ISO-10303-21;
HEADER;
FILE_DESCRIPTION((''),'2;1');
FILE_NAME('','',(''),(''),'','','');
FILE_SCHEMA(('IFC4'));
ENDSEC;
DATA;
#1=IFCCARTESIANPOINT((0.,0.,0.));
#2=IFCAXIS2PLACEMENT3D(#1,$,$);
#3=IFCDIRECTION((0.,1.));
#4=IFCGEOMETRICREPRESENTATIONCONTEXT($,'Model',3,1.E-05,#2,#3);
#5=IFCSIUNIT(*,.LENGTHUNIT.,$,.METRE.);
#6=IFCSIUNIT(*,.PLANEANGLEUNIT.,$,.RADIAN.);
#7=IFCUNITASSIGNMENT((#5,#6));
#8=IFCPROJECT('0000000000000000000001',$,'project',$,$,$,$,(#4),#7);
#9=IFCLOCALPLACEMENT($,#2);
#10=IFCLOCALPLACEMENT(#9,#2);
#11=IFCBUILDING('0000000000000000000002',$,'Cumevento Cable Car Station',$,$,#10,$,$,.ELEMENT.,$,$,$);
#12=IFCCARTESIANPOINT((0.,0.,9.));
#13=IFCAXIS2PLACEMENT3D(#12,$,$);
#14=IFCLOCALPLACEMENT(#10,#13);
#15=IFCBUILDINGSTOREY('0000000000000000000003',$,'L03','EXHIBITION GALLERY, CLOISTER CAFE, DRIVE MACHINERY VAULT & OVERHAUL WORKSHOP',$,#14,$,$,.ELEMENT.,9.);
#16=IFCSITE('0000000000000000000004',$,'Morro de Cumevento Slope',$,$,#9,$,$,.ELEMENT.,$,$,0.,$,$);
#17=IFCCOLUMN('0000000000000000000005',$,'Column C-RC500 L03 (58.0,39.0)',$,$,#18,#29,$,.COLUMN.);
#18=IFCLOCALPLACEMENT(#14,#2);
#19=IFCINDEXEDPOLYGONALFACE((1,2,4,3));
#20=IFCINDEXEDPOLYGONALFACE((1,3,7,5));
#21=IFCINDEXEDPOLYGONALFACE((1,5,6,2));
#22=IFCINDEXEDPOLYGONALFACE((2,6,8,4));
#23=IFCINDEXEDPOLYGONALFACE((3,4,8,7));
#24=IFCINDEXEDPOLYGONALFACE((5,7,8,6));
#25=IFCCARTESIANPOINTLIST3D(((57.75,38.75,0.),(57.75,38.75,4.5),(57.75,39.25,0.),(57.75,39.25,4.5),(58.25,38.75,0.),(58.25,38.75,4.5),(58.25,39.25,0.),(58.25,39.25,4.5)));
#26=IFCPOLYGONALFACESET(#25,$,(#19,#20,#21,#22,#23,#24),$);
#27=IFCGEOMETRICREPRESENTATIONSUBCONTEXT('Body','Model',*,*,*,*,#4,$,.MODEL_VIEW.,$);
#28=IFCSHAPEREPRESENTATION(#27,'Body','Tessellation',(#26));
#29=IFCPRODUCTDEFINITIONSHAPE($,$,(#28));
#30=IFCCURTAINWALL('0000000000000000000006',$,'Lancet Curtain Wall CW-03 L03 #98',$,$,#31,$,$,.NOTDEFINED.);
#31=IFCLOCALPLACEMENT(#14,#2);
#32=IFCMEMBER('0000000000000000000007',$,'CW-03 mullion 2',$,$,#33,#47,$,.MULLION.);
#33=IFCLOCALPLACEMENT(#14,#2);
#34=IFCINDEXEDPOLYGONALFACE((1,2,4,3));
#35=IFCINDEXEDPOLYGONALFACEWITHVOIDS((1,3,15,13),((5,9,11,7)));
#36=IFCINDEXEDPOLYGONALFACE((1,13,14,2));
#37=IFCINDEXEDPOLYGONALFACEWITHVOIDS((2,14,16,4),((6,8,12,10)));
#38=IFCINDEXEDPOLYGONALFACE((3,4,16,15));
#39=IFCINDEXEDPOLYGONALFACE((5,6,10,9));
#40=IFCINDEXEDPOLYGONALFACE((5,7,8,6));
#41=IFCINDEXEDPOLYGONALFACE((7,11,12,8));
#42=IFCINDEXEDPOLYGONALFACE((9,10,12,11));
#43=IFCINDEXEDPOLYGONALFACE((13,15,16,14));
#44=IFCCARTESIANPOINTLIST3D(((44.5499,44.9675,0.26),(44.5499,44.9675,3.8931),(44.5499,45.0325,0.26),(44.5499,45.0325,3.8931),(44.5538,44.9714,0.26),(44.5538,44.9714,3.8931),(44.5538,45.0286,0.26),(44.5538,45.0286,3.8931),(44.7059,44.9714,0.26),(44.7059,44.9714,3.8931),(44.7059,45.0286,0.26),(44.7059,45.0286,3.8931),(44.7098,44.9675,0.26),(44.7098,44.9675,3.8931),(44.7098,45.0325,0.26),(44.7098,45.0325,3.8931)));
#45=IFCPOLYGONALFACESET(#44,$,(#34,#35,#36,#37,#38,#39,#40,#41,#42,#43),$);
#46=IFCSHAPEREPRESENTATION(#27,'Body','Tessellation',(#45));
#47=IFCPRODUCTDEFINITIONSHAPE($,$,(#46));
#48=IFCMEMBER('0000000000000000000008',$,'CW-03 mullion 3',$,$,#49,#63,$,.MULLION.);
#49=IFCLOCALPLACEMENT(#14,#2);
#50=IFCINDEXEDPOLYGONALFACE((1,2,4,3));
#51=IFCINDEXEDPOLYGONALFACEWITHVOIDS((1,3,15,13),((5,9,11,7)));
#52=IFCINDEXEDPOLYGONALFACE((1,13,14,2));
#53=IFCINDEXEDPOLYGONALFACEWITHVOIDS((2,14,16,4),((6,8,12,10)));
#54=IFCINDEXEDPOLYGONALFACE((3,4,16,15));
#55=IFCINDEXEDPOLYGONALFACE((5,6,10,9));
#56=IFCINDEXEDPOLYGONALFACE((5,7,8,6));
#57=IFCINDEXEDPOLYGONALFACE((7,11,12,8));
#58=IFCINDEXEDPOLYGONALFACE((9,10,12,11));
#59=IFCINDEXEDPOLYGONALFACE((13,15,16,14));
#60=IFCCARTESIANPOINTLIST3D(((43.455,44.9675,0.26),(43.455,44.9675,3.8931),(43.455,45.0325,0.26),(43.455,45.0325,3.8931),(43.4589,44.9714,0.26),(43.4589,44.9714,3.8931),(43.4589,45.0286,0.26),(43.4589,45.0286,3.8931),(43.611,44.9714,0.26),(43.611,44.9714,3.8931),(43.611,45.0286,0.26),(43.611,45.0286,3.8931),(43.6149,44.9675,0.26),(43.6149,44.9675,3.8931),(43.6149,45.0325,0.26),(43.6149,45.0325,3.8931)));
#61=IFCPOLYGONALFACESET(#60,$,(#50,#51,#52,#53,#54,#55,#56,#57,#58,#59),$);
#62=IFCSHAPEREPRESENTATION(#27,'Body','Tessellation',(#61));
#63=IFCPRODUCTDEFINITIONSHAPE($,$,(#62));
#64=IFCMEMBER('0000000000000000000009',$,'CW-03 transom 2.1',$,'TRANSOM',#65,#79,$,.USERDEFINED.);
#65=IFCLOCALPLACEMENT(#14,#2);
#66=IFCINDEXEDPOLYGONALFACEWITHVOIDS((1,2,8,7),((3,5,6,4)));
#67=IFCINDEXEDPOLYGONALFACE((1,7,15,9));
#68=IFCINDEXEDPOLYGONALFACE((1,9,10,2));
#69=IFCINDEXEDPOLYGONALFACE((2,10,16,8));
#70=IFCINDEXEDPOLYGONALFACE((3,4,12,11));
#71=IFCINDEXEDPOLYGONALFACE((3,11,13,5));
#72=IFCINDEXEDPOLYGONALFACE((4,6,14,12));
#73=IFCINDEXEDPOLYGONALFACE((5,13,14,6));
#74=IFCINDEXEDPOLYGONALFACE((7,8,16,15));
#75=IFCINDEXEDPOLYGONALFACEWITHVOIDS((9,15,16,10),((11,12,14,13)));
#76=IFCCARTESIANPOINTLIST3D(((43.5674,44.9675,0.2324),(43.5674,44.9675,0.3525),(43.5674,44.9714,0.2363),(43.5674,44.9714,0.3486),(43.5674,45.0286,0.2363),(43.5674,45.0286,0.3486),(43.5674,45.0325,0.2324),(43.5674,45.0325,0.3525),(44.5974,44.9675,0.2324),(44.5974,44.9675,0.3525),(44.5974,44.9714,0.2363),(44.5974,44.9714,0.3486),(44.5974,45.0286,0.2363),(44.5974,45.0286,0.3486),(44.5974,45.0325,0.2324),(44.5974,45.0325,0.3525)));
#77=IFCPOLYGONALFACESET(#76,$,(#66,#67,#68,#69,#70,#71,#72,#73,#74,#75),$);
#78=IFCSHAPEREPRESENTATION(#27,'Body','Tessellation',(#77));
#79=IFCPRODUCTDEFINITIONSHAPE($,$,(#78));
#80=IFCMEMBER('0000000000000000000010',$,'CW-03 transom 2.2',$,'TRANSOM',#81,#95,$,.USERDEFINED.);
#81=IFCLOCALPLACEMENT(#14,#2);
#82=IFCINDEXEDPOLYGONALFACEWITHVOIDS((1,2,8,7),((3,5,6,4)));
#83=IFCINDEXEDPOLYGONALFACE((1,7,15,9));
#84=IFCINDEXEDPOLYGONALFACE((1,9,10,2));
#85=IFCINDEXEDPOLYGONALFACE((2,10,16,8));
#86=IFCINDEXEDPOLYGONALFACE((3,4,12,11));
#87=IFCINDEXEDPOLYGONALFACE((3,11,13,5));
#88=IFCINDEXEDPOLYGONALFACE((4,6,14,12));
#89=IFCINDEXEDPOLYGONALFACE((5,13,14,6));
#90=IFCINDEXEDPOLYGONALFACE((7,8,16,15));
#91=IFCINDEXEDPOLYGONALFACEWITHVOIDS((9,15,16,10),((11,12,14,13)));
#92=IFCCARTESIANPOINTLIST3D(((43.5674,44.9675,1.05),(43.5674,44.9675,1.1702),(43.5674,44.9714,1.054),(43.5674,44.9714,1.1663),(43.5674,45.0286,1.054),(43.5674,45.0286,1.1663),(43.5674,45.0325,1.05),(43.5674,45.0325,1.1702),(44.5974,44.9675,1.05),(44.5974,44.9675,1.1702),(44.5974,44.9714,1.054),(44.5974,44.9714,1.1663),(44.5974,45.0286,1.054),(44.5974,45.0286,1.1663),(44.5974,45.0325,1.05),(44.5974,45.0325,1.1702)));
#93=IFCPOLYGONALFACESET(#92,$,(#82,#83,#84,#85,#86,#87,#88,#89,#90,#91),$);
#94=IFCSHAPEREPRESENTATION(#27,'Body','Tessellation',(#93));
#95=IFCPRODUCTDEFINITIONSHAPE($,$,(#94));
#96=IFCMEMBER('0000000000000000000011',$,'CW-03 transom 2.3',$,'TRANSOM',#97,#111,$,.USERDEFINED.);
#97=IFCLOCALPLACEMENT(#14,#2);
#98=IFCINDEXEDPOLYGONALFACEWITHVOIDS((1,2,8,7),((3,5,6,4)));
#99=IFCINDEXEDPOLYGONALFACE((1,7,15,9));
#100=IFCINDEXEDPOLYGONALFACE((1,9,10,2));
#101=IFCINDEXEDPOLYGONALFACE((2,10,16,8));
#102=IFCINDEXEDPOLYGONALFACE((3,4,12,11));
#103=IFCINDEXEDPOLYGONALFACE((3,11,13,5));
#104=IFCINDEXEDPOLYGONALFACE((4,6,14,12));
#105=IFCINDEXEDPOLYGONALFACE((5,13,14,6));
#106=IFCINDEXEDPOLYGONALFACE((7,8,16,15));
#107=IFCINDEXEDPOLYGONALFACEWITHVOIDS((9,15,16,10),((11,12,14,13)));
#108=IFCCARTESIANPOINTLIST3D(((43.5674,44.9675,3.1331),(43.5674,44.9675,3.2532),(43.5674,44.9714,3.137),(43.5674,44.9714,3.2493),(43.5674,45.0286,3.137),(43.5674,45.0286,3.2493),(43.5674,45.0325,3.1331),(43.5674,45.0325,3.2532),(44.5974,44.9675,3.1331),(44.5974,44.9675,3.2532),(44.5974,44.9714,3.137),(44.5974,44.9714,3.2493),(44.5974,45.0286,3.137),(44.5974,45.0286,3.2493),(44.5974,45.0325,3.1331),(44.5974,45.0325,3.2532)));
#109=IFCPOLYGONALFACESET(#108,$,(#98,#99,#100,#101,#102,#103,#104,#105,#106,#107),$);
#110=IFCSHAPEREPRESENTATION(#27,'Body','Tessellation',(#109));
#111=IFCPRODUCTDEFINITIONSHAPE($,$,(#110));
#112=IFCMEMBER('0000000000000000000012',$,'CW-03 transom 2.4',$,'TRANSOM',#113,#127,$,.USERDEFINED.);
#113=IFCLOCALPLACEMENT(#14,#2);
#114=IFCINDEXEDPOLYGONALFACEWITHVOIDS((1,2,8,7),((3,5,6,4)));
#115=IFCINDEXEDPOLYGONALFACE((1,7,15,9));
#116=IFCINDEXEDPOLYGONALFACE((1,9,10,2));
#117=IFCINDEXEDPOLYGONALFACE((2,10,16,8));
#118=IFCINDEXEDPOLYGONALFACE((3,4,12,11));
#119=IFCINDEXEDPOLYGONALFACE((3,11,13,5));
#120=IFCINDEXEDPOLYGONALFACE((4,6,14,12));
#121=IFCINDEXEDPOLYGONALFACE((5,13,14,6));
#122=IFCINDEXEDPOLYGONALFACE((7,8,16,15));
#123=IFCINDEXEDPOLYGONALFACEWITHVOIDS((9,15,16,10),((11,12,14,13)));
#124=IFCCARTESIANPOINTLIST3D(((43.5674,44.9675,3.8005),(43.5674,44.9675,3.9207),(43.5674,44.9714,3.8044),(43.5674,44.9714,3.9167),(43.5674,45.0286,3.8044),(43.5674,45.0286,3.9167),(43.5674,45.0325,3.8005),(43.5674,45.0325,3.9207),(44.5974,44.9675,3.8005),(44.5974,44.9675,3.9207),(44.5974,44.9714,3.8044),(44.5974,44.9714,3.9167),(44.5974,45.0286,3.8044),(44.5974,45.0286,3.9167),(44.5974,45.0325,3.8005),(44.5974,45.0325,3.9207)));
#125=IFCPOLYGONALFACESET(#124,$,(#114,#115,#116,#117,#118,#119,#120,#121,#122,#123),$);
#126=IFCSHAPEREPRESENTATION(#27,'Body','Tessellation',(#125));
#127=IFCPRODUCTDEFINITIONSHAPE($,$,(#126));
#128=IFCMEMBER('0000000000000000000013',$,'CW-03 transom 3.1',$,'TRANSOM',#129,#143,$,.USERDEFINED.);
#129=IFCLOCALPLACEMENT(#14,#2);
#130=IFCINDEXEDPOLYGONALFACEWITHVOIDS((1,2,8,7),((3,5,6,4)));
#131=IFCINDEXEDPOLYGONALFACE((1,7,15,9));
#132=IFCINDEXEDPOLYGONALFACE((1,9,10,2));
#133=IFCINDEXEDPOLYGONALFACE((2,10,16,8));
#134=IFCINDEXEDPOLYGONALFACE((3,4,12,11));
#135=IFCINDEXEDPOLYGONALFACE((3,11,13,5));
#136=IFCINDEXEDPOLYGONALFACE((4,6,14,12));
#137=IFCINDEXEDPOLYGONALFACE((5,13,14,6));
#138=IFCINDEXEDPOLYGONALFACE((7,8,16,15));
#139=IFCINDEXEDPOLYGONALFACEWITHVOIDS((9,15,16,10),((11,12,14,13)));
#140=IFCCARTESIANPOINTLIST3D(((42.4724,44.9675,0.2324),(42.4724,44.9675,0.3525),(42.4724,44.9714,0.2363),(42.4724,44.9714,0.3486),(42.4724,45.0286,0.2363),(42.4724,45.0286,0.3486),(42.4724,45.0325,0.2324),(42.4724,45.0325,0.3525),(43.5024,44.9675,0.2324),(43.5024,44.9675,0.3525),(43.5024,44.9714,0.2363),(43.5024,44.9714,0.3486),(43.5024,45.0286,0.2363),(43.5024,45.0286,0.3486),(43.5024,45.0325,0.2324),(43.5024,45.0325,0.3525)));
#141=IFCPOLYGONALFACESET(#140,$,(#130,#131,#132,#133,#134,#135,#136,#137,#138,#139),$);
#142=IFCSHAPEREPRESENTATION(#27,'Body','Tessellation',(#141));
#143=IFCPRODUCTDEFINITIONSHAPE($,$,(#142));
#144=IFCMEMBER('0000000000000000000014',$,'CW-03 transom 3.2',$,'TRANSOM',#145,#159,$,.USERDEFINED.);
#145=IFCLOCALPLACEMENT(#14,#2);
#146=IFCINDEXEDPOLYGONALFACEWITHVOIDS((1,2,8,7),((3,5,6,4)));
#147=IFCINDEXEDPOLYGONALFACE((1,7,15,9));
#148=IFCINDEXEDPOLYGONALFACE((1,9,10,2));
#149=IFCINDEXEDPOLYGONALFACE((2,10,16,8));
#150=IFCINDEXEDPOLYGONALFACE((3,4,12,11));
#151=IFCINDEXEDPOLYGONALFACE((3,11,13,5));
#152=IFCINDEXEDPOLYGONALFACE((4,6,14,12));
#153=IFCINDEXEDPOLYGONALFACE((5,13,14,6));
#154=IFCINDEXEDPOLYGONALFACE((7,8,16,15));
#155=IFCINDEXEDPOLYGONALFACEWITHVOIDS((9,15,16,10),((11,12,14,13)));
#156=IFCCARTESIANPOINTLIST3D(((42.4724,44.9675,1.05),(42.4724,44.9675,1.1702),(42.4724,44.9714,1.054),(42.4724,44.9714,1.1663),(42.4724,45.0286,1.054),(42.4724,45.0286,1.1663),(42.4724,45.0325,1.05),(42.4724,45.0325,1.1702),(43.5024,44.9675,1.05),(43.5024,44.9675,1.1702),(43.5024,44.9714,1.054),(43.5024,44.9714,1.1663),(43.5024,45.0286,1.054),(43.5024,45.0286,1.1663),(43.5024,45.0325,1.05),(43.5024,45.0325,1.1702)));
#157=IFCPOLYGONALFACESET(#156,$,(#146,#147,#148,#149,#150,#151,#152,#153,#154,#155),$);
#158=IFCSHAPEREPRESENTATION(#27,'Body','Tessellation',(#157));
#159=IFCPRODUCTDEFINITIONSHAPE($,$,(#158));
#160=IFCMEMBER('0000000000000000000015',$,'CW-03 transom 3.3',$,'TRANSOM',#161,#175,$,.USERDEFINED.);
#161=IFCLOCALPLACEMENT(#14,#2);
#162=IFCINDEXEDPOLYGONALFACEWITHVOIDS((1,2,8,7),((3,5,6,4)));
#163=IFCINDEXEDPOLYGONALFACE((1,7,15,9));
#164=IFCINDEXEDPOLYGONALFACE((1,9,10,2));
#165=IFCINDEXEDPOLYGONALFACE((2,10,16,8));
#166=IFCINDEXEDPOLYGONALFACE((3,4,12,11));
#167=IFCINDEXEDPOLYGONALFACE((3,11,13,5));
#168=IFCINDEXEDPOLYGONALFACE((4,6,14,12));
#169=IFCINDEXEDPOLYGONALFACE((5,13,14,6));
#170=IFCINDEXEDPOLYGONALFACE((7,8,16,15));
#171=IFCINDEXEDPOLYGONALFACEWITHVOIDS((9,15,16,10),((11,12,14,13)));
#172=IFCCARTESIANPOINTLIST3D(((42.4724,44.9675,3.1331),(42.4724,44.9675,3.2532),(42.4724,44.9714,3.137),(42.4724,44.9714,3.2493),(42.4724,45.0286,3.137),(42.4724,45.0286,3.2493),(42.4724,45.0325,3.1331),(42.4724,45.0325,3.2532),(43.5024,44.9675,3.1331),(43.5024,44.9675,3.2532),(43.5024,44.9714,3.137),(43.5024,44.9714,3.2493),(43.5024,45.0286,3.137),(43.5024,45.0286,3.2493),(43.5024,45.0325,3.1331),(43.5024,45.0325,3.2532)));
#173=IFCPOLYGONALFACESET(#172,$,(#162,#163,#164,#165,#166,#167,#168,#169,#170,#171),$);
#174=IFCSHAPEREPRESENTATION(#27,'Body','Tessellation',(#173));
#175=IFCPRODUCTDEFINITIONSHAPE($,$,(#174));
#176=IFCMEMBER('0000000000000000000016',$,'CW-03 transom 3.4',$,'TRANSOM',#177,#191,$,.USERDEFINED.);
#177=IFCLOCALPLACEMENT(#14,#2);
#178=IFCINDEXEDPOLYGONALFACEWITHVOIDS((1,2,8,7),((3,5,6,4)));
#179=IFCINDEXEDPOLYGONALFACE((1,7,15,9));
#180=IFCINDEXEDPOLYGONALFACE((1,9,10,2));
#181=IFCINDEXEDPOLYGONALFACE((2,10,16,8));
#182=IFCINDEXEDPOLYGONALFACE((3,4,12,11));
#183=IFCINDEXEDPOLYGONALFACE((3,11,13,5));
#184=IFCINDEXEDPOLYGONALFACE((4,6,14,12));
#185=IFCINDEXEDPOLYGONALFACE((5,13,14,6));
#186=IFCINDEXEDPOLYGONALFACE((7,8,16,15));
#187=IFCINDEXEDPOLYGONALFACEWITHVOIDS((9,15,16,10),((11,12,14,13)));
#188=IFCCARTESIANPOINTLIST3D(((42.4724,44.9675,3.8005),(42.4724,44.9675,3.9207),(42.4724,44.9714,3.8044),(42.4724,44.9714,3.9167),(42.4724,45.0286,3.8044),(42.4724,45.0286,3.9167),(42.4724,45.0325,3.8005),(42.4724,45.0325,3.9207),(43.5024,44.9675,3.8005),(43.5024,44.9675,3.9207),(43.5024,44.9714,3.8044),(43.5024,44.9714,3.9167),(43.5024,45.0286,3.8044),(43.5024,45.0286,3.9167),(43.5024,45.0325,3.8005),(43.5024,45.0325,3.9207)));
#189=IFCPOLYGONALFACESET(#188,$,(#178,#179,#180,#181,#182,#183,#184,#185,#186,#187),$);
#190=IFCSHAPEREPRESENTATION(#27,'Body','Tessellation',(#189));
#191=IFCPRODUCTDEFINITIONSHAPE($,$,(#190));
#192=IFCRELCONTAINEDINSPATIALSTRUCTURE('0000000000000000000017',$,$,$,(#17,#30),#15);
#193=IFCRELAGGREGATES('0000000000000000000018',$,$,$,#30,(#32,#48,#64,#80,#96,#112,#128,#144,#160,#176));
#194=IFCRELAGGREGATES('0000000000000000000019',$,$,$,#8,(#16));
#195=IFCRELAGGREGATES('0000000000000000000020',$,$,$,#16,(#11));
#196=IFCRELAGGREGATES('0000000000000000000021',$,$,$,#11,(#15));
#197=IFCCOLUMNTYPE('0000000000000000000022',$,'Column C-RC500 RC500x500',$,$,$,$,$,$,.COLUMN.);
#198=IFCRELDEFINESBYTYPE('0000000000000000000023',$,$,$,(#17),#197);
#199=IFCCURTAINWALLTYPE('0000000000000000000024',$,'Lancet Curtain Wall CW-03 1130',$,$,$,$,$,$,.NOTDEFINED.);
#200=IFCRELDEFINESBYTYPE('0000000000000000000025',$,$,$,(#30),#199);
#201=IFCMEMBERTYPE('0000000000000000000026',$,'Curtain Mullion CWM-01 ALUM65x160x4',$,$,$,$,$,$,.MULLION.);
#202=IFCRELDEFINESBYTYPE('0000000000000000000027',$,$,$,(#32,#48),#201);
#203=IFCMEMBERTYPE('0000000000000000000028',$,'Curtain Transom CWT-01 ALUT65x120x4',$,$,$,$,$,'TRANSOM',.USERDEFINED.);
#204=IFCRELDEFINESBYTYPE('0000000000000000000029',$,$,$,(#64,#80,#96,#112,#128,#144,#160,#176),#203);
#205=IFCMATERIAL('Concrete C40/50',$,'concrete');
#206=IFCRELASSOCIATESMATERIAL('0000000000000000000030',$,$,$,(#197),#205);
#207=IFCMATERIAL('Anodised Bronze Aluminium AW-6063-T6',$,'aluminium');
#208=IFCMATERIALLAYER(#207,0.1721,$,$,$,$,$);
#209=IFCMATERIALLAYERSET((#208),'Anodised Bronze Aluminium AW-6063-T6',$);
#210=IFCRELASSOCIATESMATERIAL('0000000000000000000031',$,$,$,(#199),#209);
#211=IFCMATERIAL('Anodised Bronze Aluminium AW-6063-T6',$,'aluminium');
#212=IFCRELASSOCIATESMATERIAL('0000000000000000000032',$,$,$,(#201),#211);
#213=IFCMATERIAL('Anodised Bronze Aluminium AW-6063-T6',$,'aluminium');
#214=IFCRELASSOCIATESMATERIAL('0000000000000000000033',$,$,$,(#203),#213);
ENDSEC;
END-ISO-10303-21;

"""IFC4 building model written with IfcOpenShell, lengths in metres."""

from ifc_helpers import new_model, si_unit, direction, frame, origin, origin_2d, place, context, subcontext, project, spatial, rectangle, hollow_rectangle, extrude, material, layer, layer_set, material_profile, profile_set, type_object, element, aggregate, save


model = new_model("IFC4")

# Units and contexts
model_context = context("Model", 3, precision=1e-05, world=origin(), true_north=direction((0.0, 1.0)))
body_context = subcontext(model_context, "Body", "Model", "MODEL_VIEW")
ifc_project = project(units=[si_unit("LENGTHUNIT", "METRE"), si_unit("PLANEANGLEUNIT", "RADIAN")], contexts=[model_context])

# Site, building, storey
site_placement = place(None, origin())
site = spatial("IfcSite", under=ifc_project, at=site_placement, Name="Morro de Cumevento Slope", CompositionType="ELEMENT", RefElevation=0.0)
building_placement = place(site_placement, origin())
building = spatial("IfcBuilding", under=site, at=building_placement, Name="Cumevento Cable Car Station", CompositionType="ELEMENT")
storey_placement = place(building_placement, frame((0.0, 0.0, 9.0)))
storey = spatial("IfcBuildingStorey", under=building, at=storey_placement, Name="L03", Description="EXHIBITION GALLERY, CLOISTER CAFE, DRIVE MACHINERY VAULT & OVERHAUL WORKSHOP", CompositionType="ELEMENT", Elevation=9.0)

# Column
ifc_material_1 = material(Name="Concrete C40/50", Category="concrete")
ifc_material_profile_1 = material_profile(ifc_material_1, rectangle(XDim=0.5, YDim=0.5, at=origin_2d()), Name="RC500x500")
ifc_profile_set_1 = profile_set([ifc_material_profile_1], Name="Concrete C40/50")
column_type = type_object("IfcColumnType", Name="Column C-RC500 RC500x500", PredefinedType="COLUMN", material=ifc_profile_set_1)
column_placement = place(storey_placement, frame((58.0, 39.0, 0.0), z_axis=(0.0, 0.0, 1.0), x_axis=(1.0, 0.0, 0.0)))
element("IfcColumn", 1, at=column_placement, inside=storey, type_object=column_type, Name="Column C-RC500 L03 (58.0,39.0)", PredefinedType="COLUMN", context=body_context, shape_type="SweptSolid", body=[
    extrude(rectangle(XDim=0.5, YDim=0.5, at=origin_2d()), origin(), (0.0, 0.0, 1.0), 4.5),
])

# Curtain wall, members
ifc_material_2 = material(Name="Anodised Bronze Aluminium AW-6063-T6", Category="aluminium")
ifc_layer_1 = layer(ifc_material_2, 0.1721)
ifc_layer_set_1 = layer_set([ifc_layer_1], Name="Anodised Bronze Aluminium AW-6063-T6")
curtain_wall_type = type_object("IfcCurtainWallType", Name="Lancet Curtain Wall CW-03 1130", PredefinedType="NOTDEFINED", material=ifc_layer_set_1)
curtain_wall_placement = place(storey_placement, origin())
curtain_wall = element("IfcCurtainWall", 2, at=curtain_wall_placement, inside=storey, type_object=curtain_wall_type, Name="Lancet Curtain Wall CW-03 L03 #98", PredefinedType="NOTDEFINED")
ifc_material_3 = material(Name="Anodised Bronze Aluminium AW-6063-T6", Category="aluminium")
ifc_material_profile_2 = material_profile(ifc_material_3, hollow_rectangle(XDim=0.0649, YDim=0.1599, WallThickness=0.0039, at=origin_2d()), Name="ALUM65x160x4")
ifc_profile_set_2 = profile_set([ifc_material_profile_2], Name="Anodised Bronze Aluminium AW-6063-T6")
member_type_1 = type_object("IfcMemberType", Name="Curtain Mullion CWM-01 ALUM65x160x4", PredefinedType="MULLION", material=ifc_profile_set_2)
member_1_placement = place(storey_placement, frame((44.6299, 45.0, 0.26), z_axis=(0.0, 0.0, 1.0), x_axis=(0.0, -1.0, 0.0)))
member_1 = element("IfcMember", 3, at=member_1_placement, type_object=member_type_1, Name="CW-03 mullion 2", PredefinedType="MULLION", context=body_context, shape_type="SweptSolid", body=[
    extrude(hollow_rectangle(XDim=0.0649, YDim=0.1599, WallThickness=0.0039, at=origin_2d()), origin(), (0.0, 0.0, 1.0), 3.6331),
])
member_2_placement = place(storey_placement, frame((43.5349, 45.0, 0.26), z_axis=(0.0, 0.0, 1.0), x_axis=(0.0, -1.0, 0.0)))
member_2 = element("IfcMember", 4, at=member_2_placement, type_object=member_type_1, Name="CW-03 mullion 3", PredefinedType="MULLION", context=body_context, shape_type="SweptSolid", body=[
    extrude(hollow_rectangle(XDim=0.0649, YDim=0.1599, WallThickness=0.0039, at=origin_2d()), origin(), (0.0, 0.0, 1.0), 3.6331),
])
ifc_material_4 = material(Name="Anodised Bronze Aluminium AW-6063-T6", Category="aluminium")
ifc_material_profile_3 = material_profile(ifc_material_4, hollow_rectangle(XDim=0.0649, YDim=0.1201, WallThickness=0.0039, at=origin_2d()), Name="ALUT65x120x4")
ifc_profile_set_3 = profile_set([ifc_material_profile_3], Name="Anodised Bronze Aluminium AW-6063-T6")
member_type_2 = type_object("IfcMemberType", Name="Curtain Transom CWT-01 ALUT65x120x4", ElementType="TRANSOM", PredefinedType="USERDEFINED", material=ifc_profile_set_3)
member_3_placement = place(storey_placement, frame((44.5974, 45.0, 0.2925), z_axis=(-1.0, 0.0, 0.0), x_axis=(0.0, -1.0, 0.0)))
member_3 = element("IfcMember", 5, at=member_3_placement, type_object=member_type_2, Name="CW-03 transom 2.1", ObjectType="TRANSOM", PredefinedType="USERDEFINED", context=body_context, shape_type="SweptSolid", body=[
    extrude(hollow_rectangle(XDim=0.0649, YDim=0.1201, WallThickness=0.0039, at=origin_2d()), origin(), (0.0, 0.0, 1.0), 1.03),
])
member_4_placement = place(storey_placement, frame((44.5974, 45.0, 1.1101), z_axis=(-1.0, 0.0, 0.0), x_axis=(0.0, -1.0, 0.0)))
member_4 = element("IfcMember", 6, at=member_4_placement, type_object=member_type_2, Name="CW-03 transom 2.2", ObjectType="TRANSOM", PredefinedType="USERDEFINED", context=body_context, shape_type="SweptSolid", body=[
    extrude(hollow_rectangle(XDim=0.0649, YDim=0.1201, WallThickness=0.0039, at=origin_2d()), origin(), (0.0, 0.0, 1.0), 1.03),
])
member_5_placement = place(storey_placement, frame((44.5974, 45.0, 3.1931), z_axis=(-1.0, 0.0, 0.0), x_axis=(0.0, -1.0, 0.0)))
member_5 = element("IfcMember", 7, at=member_5_placement, type_object=member_type_2, Name="CW-03 transom 2.3", ObjectType="TRANSOM", PredefinedType="USERDEFINED", context=body_context, shape_type="SweptSolid", body=[
    extrude(hollow_rectangle(XDim=0.0649, YDim=0.1201, WallThickness=0.0039, at=origin_2d()), origin(), (0.0, 0.0, 1.0), 1.03),
])
member_6_placement = place(storey_placement, frame((44.5974, 45.0, 3.8606), z_axis=(-1.0, 0.0, 0.0), x_axis=(0.0, -1.0, 0.0)))
member_6 = element("IfcMember", 8, at=member_6_placement, type_object=member_type_2, Name="CW-03 transom 2.4", ObjectType="TRANSOM", PredefinedType="USERDEFINED", context=body_context, shape_type="SweptSolid", body=[
    extrude(hollow_rectangle(XDim=0.0649, YDim=0.1201, WallThickness=0.0039, at=origin_2d()), origin(), (0.0, 0.0, 1.0), 1.03),
])
member_7_placement = place(storey_placement, frame((43.5024, 45.0, 0.2925), z_axis=(-1.0, 0.0, 0.0), x_axis=(0.0, -1.0, 0.0)))
member_7 = element("IfcMember", 9, at=member_7_placement, type_object=member_type_2, Name="CW-03 transom 3.1", ObjectType="TRANSOM", PredefinedType="USERDEFINED", context=body_context, shape_type="SweptSolid", body=[
    extrude(hollow_rectangle(XDim=0.0649, YDim=0.1201, WallThickness=0.0039, at=origin_2d()), origin(), (0.0, 0.0, 1.0), 1.03),
])
member_8_placement = place(storey_placement, frame((43.5024, 45.0, 1.1101), z_axis=(-1.0, 0.0, 0.0), x_axis=(0.0, -1.0, 0.0)))
member_8 = element("IfcMember", 10, at=member_8_placement, type_object=member_type_2, Name="CW-03 transom 3.2", ObjectType="TRANSOM", PredefinedType="USERDEFINED", context=body_context, shape_type="SweptSolid", body=[
    extrude(hollow_rectangle(XDim=0.0649, YDim=0.1201, WallThickness=0.0039, at=origin_2d()), origin(), (0.0, 0.0, 1.0), 1.03),
])
member_9_placement = place(storey_placement, frame((43.5024, 45.0, 3.1931), z_axis=(-1.0, 0.0, 0.0), x_axis=(0.0, -1.0, 0.0)))
member_9 = element("IfcMember", 11, at=member_9_placement, type_object=member_type_2, Name="CW-03 transom 3.3", ObjectType="TRANSOM", PredefinedType="USERDEFINED", context=body_context, shape_type="SweptSolid", body=[
    extrude(hollow_rectangle(XDim=0.0649, YDim=0.1201, WallThickness=0.0039, at=origin_2d()), origin(), (0.0, 0.0, 1.0), 1.03),
])
member_10_placement = place(storey_placement, frame((43.5024, 45.0, 3.8606), z_axis=(-1.0, 0.0, 0.0), x_axis=(0.0, -1.0, 0.0)))
member_10 = element("IfcMember", 12, at=member_10_placement, type_object=member_type_2, Name="CW-03 transom 3.4", ObjectType="TRANSOM", PredefinedType="USERDEFINED", context=body_context, shape_type="SweptSolid", body=[
    extrude(hollow_rectangle(XDim=0.0649, YDim=0.1201, WallThickness=0.0039, at=origin_2d()), origin(), (0.0, 0.0, 1.0), 1.03),
])

aggregate(curtain_wall, [member_1, member_2, member_3, member_4, member_5, member_6, member_7, member_8, member_9, member_10])

save(model, "model.ifc")
